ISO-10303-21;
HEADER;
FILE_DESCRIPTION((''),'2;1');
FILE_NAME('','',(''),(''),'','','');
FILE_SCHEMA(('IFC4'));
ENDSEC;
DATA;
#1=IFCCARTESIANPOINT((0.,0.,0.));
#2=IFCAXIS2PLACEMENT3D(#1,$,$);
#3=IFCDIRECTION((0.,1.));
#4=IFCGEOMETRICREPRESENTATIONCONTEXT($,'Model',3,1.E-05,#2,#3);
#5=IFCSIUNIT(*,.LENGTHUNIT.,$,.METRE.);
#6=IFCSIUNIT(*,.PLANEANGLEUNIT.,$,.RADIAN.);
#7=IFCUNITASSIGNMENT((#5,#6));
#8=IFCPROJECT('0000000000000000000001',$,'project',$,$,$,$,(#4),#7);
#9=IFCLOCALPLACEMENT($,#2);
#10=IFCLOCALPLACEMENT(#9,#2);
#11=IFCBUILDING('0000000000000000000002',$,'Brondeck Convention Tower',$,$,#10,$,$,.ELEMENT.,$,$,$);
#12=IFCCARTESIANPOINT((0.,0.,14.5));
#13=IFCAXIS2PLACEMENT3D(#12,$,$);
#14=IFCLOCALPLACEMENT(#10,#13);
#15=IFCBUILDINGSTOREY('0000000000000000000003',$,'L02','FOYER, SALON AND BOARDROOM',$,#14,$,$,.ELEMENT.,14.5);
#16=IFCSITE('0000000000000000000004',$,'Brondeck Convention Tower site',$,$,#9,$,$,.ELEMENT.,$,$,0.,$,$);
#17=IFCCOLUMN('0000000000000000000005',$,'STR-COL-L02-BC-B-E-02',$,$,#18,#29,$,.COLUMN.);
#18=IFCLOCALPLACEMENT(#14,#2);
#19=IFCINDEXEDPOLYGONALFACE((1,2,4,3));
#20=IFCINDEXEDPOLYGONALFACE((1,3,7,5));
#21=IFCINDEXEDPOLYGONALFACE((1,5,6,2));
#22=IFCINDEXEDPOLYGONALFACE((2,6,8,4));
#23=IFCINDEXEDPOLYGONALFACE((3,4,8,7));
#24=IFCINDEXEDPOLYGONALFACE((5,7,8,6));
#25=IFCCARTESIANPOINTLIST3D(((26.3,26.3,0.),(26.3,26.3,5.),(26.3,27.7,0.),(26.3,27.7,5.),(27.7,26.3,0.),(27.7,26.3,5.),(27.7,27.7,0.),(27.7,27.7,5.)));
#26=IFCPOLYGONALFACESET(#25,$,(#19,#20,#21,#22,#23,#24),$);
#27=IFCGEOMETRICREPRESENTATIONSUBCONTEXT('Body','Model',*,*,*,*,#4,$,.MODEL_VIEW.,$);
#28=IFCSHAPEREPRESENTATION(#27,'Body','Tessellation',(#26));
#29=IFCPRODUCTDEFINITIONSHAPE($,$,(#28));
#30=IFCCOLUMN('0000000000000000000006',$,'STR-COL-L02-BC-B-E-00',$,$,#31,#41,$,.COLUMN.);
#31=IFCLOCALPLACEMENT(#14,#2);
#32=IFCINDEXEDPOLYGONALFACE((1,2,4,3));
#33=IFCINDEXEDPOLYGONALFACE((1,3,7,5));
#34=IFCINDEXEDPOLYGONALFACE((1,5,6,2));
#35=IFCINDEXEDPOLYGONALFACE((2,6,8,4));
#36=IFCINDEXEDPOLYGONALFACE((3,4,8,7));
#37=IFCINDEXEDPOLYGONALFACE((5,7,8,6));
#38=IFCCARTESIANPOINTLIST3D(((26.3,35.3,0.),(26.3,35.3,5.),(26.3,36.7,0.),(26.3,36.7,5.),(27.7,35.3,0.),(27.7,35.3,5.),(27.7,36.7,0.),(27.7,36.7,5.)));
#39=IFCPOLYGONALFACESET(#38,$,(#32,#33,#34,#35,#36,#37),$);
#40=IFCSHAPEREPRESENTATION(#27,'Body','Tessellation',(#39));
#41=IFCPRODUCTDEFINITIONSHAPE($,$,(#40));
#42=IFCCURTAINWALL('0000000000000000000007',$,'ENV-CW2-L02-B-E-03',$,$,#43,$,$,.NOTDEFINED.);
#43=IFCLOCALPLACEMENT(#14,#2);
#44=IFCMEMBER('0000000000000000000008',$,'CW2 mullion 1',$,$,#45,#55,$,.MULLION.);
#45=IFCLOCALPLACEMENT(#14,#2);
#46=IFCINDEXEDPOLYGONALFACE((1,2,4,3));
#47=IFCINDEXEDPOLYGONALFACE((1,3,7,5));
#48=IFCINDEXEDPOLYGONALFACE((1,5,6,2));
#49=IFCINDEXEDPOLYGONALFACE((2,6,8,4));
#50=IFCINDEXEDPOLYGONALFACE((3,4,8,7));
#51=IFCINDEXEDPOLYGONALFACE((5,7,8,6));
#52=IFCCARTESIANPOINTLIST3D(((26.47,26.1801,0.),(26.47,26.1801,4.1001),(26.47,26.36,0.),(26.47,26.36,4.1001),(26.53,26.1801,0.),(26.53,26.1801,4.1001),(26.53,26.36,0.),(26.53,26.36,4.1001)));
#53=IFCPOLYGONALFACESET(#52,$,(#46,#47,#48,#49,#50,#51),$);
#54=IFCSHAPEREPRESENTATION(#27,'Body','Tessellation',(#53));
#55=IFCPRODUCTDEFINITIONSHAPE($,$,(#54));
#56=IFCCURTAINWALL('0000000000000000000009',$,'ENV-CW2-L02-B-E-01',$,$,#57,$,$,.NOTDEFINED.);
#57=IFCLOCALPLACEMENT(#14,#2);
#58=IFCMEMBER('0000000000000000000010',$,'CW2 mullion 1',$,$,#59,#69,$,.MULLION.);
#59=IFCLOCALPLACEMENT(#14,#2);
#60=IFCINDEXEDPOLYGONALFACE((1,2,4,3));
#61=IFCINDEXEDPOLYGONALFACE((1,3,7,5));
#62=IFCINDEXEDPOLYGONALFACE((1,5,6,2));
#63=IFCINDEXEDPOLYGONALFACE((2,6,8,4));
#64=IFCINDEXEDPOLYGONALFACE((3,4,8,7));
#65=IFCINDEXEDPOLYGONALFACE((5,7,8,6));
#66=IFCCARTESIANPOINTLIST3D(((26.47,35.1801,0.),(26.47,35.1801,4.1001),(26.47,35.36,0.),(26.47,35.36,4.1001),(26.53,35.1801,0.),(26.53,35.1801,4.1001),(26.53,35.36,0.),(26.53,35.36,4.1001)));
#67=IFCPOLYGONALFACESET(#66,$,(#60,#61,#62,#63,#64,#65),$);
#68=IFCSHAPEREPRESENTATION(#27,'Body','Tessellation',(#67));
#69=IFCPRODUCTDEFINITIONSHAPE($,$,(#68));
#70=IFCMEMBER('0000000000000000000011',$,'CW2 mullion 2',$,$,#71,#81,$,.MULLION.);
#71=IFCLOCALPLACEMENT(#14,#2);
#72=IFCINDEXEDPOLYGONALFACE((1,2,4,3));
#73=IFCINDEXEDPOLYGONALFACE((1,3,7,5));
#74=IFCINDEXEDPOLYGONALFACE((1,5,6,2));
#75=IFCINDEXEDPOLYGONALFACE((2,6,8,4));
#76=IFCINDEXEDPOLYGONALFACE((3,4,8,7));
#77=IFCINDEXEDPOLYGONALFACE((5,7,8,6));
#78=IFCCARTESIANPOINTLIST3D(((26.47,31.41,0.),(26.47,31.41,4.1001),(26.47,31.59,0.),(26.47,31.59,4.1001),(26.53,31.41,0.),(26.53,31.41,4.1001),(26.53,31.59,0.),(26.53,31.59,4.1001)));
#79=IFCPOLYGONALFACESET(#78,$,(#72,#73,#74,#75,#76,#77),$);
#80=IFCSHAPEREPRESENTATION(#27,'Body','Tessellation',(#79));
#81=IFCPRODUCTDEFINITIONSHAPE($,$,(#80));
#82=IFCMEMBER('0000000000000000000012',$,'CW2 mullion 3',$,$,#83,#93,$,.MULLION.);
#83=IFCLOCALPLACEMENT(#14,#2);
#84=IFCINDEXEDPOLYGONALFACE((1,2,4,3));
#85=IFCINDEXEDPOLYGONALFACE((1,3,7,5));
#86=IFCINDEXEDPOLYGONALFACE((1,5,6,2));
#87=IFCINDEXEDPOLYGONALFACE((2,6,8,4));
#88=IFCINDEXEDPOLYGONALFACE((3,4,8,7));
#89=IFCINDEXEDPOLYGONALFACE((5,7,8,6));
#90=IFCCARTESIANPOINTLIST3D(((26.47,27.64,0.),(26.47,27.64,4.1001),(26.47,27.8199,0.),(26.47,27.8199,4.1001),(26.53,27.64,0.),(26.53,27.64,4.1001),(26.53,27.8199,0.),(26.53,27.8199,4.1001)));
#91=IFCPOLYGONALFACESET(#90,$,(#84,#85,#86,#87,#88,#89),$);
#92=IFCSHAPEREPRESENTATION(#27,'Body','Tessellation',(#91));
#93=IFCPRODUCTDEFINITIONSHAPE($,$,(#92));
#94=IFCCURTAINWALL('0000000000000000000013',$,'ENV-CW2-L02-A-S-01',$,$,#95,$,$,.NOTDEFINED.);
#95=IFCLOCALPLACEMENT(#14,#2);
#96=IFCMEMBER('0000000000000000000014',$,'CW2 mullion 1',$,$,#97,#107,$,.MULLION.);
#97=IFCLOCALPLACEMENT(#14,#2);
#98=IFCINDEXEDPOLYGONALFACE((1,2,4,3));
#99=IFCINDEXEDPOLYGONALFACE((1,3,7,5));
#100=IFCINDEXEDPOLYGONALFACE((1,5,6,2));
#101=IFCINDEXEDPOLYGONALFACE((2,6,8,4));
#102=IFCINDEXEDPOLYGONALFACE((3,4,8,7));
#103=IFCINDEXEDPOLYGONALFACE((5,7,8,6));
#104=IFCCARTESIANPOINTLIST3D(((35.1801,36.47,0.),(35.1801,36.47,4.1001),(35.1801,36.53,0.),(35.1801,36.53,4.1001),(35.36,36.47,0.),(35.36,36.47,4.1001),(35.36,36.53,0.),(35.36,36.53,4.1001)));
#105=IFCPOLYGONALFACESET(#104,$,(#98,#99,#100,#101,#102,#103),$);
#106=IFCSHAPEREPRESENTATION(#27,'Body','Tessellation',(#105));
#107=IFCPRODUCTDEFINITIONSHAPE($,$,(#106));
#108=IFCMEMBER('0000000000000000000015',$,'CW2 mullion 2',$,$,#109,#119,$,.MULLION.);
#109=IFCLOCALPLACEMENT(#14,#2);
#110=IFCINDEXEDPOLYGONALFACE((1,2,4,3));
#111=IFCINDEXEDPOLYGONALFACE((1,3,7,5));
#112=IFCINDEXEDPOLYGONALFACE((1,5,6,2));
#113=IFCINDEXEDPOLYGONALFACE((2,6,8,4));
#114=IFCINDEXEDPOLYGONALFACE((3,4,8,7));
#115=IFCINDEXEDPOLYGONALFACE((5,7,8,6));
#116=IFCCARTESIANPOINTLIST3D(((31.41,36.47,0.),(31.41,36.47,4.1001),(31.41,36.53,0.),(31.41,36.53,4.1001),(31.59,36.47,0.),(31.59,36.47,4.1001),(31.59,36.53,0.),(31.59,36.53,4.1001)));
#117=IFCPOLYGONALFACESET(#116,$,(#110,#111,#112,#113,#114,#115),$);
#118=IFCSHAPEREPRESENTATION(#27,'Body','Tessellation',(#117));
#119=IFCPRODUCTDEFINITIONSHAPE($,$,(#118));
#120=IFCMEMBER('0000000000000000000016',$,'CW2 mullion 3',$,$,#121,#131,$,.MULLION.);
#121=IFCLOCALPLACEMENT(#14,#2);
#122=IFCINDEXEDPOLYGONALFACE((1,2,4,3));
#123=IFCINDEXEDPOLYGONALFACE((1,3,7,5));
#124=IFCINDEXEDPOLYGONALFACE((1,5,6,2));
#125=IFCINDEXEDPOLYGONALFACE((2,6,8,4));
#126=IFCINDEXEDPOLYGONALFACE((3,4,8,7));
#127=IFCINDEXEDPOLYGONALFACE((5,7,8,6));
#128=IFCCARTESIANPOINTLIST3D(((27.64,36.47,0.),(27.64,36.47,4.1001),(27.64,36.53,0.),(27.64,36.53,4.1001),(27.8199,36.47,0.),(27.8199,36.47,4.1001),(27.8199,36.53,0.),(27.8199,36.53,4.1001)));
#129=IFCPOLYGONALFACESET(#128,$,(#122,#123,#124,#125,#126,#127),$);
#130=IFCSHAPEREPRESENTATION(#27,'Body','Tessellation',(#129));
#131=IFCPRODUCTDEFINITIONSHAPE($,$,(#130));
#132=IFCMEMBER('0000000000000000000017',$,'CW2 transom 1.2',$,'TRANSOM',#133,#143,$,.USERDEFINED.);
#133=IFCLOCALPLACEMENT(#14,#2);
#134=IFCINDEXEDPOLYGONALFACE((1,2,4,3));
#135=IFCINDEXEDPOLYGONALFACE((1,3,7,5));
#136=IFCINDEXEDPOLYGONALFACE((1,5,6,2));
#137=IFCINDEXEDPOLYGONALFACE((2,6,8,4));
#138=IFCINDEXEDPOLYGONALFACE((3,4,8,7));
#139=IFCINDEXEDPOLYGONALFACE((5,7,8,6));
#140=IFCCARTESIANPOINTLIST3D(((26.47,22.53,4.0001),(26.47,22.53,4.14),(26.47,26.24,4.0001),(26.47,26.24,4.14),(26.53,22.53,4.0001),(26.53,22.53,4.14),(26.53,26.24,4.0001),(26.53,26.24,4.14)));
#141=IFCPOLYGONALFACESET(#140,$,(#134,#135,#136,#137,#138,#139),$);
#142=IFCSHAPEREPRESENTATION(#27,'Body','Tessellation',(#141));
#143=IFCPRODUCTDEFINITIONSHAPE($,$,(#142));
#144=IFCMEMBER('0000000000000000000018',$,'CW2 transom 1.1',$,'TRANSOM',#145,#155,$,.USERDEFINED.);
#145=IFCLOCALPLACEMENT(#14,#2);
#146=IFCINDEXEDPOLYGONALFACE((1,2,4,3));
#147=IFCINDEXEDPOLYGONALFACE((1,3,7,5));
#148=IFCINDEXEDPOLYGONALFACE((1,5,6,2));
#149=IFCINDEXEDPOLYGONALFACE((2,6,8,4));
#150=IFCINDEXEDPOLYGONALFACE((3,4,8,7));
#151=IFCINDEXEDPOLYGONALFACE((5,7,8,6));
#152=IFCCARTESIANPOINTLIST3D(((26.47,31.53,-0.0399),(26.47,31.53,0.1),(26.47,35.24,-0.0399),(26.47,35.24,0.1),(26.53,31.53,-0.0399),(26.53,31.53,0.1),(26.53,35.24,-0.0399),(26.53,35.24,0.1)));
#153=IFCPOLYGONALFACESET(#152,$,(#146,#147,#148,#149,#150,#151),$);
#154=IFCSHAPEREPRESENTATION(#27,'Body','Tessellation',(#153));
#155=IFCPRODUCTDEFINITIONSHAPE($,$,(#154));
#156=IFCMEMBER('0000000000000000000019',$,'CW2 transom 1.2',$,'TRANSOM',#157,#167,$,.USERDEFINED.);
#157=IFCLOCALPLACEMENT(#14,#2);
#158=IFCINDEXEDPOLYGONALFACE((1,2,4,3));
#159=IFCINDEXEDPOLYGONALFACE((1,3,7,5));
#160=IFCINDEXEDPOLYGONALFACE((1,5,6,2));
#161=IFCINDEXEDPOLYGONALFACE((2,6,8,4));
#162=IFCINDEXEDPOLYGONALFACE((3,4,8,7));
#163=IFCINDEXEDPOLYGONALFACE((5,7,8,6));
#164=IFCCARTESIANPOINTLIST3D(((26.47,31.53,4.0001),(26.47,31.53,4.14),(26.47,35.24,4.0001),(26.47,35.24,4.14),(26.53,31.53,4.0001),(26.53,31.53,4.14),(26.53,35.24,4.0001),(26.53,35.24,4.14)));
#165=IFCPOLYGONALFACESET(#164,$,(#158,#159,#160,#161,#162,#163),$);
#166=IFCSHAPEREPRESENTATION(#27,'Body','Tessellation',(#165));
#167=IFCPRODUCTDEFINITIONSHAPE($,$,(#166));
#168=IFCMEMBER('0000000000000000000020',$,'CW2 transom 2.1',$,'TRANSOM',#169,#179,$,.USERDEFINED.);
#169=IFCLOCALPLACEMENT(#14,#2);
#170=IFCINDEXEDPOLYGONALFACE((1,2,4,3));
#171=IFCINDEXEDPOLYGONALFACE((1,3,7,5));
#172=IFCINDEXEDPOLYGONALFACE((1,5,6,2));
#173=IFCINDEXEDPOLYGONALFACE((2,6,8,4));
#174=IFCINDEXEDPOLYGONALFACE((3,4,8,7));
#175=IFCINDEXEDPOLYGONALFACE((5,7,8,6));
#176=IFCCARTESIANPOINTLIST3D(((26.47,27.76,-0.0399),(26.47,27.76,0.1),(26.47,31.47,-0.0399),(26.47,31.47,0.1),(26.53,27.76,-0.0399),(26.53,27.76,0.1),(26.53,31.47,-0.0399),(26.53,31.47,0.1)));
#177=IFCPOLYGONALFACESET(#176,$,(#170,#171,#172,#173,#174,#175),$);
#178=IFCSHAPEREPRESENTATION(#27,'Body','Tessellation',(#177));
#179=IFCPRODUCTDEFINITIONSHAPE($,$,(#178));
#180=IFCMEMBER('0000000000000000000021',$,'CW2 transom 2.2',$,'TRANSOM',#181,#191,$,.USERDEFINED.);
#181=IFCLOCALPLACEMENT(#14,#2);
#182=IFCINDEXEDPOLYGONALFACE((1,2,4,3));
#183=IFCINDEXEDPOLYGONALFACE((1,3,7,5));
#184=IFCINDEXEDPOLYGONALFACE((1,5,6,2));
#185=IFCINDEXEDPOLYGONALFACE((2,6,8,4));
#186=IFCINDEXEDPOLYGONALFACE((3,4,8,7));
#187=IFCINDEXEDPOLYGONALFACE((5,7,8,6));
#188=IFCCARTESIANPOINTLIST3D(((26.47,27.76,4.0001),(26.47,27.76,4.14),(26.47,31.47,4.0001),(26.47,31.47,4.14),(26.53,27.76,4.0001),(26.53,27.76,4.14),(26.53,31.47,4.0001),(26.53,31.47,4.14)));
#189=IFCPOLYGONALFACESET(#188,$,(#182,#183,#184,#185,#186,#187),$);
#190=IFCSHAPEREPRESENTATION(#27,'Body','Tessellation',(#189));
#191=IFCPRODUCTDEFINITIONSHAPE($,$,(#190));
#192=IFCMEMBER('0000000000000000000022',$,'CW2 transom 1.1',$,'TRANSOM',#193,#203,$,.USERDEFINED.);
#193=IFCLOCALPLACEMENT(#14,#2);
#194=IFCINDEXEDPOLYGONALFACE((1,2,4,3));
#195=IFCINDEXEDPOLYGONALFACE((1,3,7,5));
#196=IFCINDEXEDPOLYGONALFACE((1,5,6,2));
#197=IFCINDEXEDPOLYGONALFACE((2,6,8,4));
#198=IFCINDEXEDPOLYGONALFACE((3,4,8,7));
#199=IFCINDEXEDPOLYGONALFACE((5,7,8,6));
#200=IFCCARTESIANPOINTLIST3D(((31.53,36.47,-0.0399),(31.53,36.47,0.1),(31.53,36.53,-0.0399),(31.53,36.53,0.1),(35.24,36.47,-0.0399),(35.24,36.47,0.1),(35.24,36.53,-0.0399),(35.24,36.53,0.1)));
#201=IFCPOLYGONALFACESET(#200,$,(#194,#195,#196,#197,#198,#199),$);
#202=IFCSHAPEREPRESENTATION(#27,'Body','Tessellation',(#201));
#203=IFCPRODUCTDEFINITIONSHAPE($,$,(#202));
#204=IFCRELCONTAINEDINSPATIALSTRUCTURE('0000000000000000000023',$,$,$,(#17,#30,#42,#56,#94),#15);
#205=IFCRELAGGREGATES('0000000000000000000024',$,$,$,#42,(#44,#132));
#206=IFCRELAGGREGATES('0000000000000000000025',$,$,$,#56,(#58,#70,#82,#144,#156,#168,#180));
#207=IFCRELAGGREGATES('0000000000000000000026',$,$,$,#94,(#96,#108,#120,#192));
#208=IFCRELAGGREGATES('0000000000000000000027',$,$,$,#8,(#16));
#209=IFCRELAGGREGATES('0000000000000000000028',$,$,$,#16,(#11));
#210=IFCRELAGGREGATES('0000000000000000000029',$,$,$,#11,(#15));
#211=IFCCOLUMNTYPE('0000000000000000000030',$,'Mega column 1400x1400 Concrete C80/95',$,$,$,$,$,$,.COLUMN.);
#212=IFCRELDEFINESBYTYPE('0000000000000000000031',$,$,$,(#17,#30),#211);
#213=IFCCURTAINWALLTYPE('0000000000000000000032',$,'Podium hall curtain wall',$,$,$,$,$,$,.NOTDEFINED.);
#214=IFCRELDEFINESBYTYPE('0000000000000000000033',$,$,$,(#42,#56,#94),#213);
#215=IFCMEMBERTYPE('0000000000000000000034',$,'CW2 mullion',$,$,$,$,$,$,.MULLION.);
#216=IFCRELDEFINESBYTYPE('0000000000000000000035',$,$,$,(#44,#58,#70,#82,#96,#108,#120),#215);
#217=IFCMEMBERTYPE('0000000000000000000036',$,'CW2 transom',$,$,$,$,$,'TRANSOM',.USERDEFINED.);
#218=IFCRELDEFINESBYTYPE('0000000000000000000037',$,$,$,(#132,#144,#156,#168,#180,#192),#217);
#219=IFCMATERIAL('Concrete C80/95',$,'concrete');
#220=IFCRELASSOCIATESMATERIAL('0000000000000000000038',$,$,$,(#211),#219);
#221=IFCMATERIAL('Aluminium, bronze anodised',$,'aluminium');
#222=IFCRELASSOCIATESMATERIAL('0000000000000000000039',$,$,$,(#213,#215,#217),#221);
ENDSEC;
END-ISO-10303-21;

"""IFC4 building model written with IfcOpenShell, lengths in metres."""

from ifc_helpers import new_model, si_unit, direction, frame, origin, origin_2d, place, context, subcontext, project, spatial, rectangle, extrude, material, material_profile, profile_set, type_object, element, aggregate, save


model = new_model("IFC4")

# Units and contexts
model_context = context("Model", 3, precision=1e-05, world=origin(), true_north=direction((0.0, 1.0)))
body_context = subcontext(model_context, "Body", "Model", "MODEL_VIEW")
ifc_project = project(units=[si_unit("LENGTHUNIT", "METRE"), si_unit("PLANEANGLEUNIT", "RADIAN")], contexts=[model_context])

# Site, building, storey
site_placement = place(None, origin())
site = spatial("IfcSite", under=ifc_project, at=site_placement, Name="Brondeck Convention Tower site", CompositionType="ELEMENT", RefElevation=0.0)
building_placement = place(site_placement, origin())
building = spatial("IfcBuilding", under=site, at=building_placement, Name="Brondeck Convention Tower", CompositionType="ELEMENT")
storey_placement = place(building_placement, frame((0.0, 0.0, 14.5)))
storey = spatial("IfcBuildingStorey", under=building, at=storey_placement, Name="L02", Description="FOYER, SALON AND BOARDROOM", CompositionType="ELEMENT", Elevation=14.5)

# Columns
ifc_material_1 = material(Name="Concrete C80/95", Category="concrete")
ifc_material_profile_1 = material_profile(ifc_material_1, rectangle(XDim=1.3999, YDim=1.3999, at=origin_2d()), Name="Mega column 1400x1400 Concrete C80/95")
ifc_profile_set_1 = profile_set([ifc_material_profile_1], Name="Concrete C80/95")
column_type = type_object("IfcColumnType", Name="Mega column 1400x1400 Concrete C80/95", PredefinedType="COLUMN", material=ifc_profile_set_1)
for number, where, z_axis, x_axis, name in (
    (1, (27.0, 27.0, 0.0), (0.0, 0.0, 1.0), (1.0, 0.0, 0.0), "STR-COL-L02-BC-B-E-02"),
    (2, (27.0, 36.0, 0.0), (0.0, 0.0, 1.0), (1.0, 0.0, 0.0), "STR-COL-L02-BC-B-E-00"),
):
    element("IfcColumn", number, at=place(storey_placement, frame(where, z_axis=z_axis, x_axis=x_axis)), inside=storey, type_object=column_type, Name=name, PredefinedType="COLUMN", context=body_context, shape_type="SweptSolid", body=[
        extrude(rectangle(XDim=1.3999, YDim=1.3999, at=origin_2d()), origin(), (0.0, 0.0, 1.0), 5.0),
    ])

# Curtain wall, member
ifc_material_2 = material(Name="Aluminium, bronze anodised", Category="aluminium")
curtain_wall_type = type_object("IfcCurtainWallType", Name="Podium hall curtain wall", PredefinedType="NOTDEFINED", material=ifc_material_2)
curtain_wall_1_placement = place(storey_placement, origin())
curtain_wall_1 = element("IfcCurtainWall", 3, at=curtain_wall_1_placement, inside=storey, type_object=curtain_wall_type, Name="ENV-CW2-L02-B-E-03", PredefinedType="NOTDEFINED")
ifc_material_profile_2 = material_profile(ifc_material_2, rectangle(XDim=0.0601, YDim=0.1799, at=origin_2d()), Name="CW2 mullion")
ifc_profile_set_2 = profile_set([ifc_material_profile_2], Name="Aluminium, bronze anodised")
member_type_1 = type_object("IfcMemberType", Name="CW2 mullion", PredefinedType="MULLION", material=ifc_profile_set_2)
member_1_placement = place(storey_placement, frame((26.5, 26.27, 0.0), z_axis=(0.0, 0.0, 1.0), x_axis=(1.0, 0.0, 0.0)))
member_1 = element("IfcMember", 4, at=member_1_placement, type_object=member_type_1, Name="CW2 mullion 1", PredefinedType="MULLION", context=body_context, shape_type="SweptSolid", body=[
    extrude(rectangle(XDim=0.0601, YDim=0.1799, at=origin_2d()), origin(), (0.0, 0.0, 1.0), 4.1001),
])

# Curtain walls, members
curtain_wall_2_placement = place(storey_placement, origin())
curtain_wall_2 = element("IfcCurtainWall", 5, at=curtain_wall_2_placement, inside=storey, type_object=curtain_wall_type, Name="ENV-CW2-L02-B-E-01", PredefinedType="NOTDEFINED")
member_2_placement = place(storey_placement, frame((26.5, 35.27, 0.0), z_axis=(0.0, 0.0, 1.0), x_axis=(1.0, 0.0, 0.0)))
member_2 = element("IfcMember", 6, at=member_2_placement, type_object=member_type_1, Name="CW2 mullion 1", PredefinedType="MULLION", context=body_context, shape_type="SweptSolid", body=[
    extrude(rectangle(XDim=0.0601, YDim=0.1799, at=origin_2d()), origin(), (0.0, 0.0, 1.0), 4.1001),
])
member_3_placement = place(storey_placement, frame((26.5, 31.5, 0.0), z_axis=(0.0, 0.0, 1.0), x_axis=(1.0, 0.0, 0.0)))
member_3 = element("IfcMember", 7, at=member_3_placement, type_object=member_type_1, Name="CW2 mullion 2", PredefinedType="MULLION", context=body_context, shape_type="SweptSolid", body=[
    extrude(rectangle(XDim=0.0601, YDim=0.1799, at=origin_2d()), origin(), (0.0, 0.0, 1.0), 4.1001),
])
member_4_placement = place(storey_placement, frame((26.5, 27.73, 0.0), z_axis=(0.0, 0.0, 1.0), x_axis=(1.0, 0.0, 0.0)))
member_4 = element("IfcMember", 8, at=member_4_placement, type_object=member_type_1, Name="CW2 mullion 3", PredefinedType="MULLION", context=body_context, shape_type="SweptSolid", body=[
    extrude(rectangle(XDim=0.0601, YDim=0.1799, at=origin_2d()), origin(), (0.0, 0.0, 1.0), 4.1001),
])
curtain_wall_3_placement = place(storey_placement, origin())
curtain_wall_3 = element("IfcCurtainWall", 9, at=curtain_wall_3_placement, inside=storey, type_object=curtain_wall_type, Name="ENV-CW2-L02-A-S-01", PredefinedType="NOTDEFINED")
member_5_placement = place(storey_placement, frame((35.27, 36.5, 0.0), z_axis=(0.0, 0.0, 1.0), x_axis=(0.0, -1.0, 0.0)))
member_5 = element("IfcMember", 10, at=member_5_placement, type_object=member_type_1, Name="CW2 mullion 1", PredefinedType="MULLION", context=body_context, shape_type="SweptSolid", body=[
    extrude(rectangle(XDim=0.0601, YDim=0.1799, at=origin_2d()), origin(), (0.0, 0.0, 1.0), 4.1001),
])
member_6_placement = place(storey_placement, frame((31.5, 36.5, 0.0), z_axis=(0.0, 0.0, 1.0), x_axis=(0.0, -1.0, 0.0)))
member_6 = element("IfcMember", 11, at=member_6_placement, type_object=member_type_1, Name="CW2 mullion 2", PredefinedType="MULLION", context=body_context, shape_type="SweptSolid", body=[
    extrude(rectangle(XDim=0.0601, YDim=0.1799, at=origin_2d()), origin(), (0.0, 0.0, 1.0), 4.1001),
])
member_7_placement = place(storey_placement, frame((27.73, 36.5, 0.0), z_axis=(0.0, 0.0, 1.0), x_axis=(0.0, -1.0, 0.0)))
member_7 = element("IfcMember", 12, at=member_7_placement, type_object=member_type_1, Name="CW2 mullion 3", PredefinedType="MULLION", context=body_context, shape_type="SweptSolid", body=[
    extrude(rectangle(XDim=0.0601, YDim=0.1799, at=origin_2d()), origin(), (0.0, 0.0, 1.0), 4.1001),
])

# Members
ifc_material_profile_3 = material_profile(ifc_material_2, rectangle(XDim=0.0601, YDim=0.1399, at=origin_2d()), Name="CW2 transom")
ifc_profile_set_3 = profile_set([ifc_material_profile_3], Name="Aluminium, bronze anodised")
member_type_2 = type_object("IfcMemberType", Name="CW2 transom", ElementType="TRANSOM", PredefinedType="USERDEFINED", material=ifc_profile_set_3)
member_8_placement = place(storey_placement, frame((26.5, 26.24, 4.0701), z_axis=(0.0, -1.0, 0.0), x_axis=(1.0, 0.0, 0.0)))
member_8 = element("IfcMember", 13, at=member_8_placement, type_object=member_type_2, Name="CW2 transom 1.2", ObjectType="TRANSOM", PredefinedType="USERDEFINED", context=body_context, shape_type="SweptSolid", body=[
    extrude(rectangle(XDim=0.0601, YDim=0.1399, at=origin_2d()), origin(), (0.0, 0.0, 1.0), 3.71),
])
aggregate(curtain_wall_1, [member_1, member_8])
member_9_placement = place(storey_placement, frame((26.5, 35.24, 0.03), z_axis=(0.0, -1.0, 0.0), x_axis=(1.0, 0.0, 0.0)))
member_9 = element("IfcMember", 14, at=member_9_placement, type_object=member_type_2, Name="CW2 transom 1.1", ObjectType="TRANSOM", PredefinedType="USERDEFINED", context=body_context, shape_type="SweptSolid", body=[
    extrude(rectangle(XDim=0.0601, YDim=0.1399, at=origin_2d()), origin(), (0.0, 0.0, 1.0), 3.71),
])
member_10_placement = place(storey_placement, frame((26.5, 35.24, 4.0701), z_axis=(0.0, -1.0, 0.0), x_axis=(1.0, 0.0, 0.0)))
member_10 = element("IfcMember", 15, at=member_10_placement, type_object=member_type_2, Name="CW2 transom 1.2", ObjectType="TRANSOM", PredefinedType="USERDEFINED", context=body_context, shape_type="SweptSolid", body=[
    extrude(rectangle(XDim=0.0601, YDim=0.1399, at=origin_2d()), origin(), (0.0, 0.0, 1.0), 3.71),
])
member_11_placement = place(storey_placement, frame((26.5, 31.47, 0.03), z_axis=(0.0, -1.0, 0.0), x_axis=(1.0, 0.0, 0.0)))
member_11 = element("IfcMember", 16, at=member_11_placement, type_object=member_type_2, Name="CW2 transom 2.1", ObjectType="TRANSOM", PredefinedType="USERDEFINED", context=body_context, shape_type="SweptSolid", body=[
    extrude(rectangle(XDim=0.0601, YDim=0.1399, at=origin_2d()), origin(), (0.0, 0.0, 1.0), 3.71),
])
member_12_placement = place(storey_placement, frame((26.5, 31.47, 4.0701), z_axis=(0.0, -1.0, 0.0), x_axis=(1.0, 0.0, 0.0)))
member_12 = element("IfcMember", 17, at=member_12_placement, type_object=member_type_2, Name="CW2 transom 2.2", ObjectType="TRANSOM", PredefinedType="USERDEFINED", context=body_context, shape_type="SweptSolid", body=[
    extrude(rectangle(XDim=0.0601, YDim=0.1399, at=origin_2d()), origin(), (0.0, 0.0, 1.0), 3.71),
])
member_13_placement = place(storey_placement, frame((35.24, 36.5, 0.03), z_axis=(-1.0, 0.0, 0.0), x_axis=(0.0, -1.0, 0.0)))
member_13 = element("IfcMember", 18, at=member_13_placement, type_object=member_type_2, Name="CW2 transom 1.1", ObjectType="TRANSOM", PredefinedType="USERDEFINED", context=body_context, shape_type="SweptSolid", body=[
    extrude(rectangle(XDim=0.0601, YDim=0.1399, at=origin_2d()), origin(), (0.0, 0.0, 1.0), 3.71),
])

aggregate(curtain_wall_2, [member_2, member_3, member_4, member_9, member_10, member_11, member_12])
aggregate(curtain_wall_3, [member_5, member_6, member_7, member_13])

save(model, "model.ifc")
